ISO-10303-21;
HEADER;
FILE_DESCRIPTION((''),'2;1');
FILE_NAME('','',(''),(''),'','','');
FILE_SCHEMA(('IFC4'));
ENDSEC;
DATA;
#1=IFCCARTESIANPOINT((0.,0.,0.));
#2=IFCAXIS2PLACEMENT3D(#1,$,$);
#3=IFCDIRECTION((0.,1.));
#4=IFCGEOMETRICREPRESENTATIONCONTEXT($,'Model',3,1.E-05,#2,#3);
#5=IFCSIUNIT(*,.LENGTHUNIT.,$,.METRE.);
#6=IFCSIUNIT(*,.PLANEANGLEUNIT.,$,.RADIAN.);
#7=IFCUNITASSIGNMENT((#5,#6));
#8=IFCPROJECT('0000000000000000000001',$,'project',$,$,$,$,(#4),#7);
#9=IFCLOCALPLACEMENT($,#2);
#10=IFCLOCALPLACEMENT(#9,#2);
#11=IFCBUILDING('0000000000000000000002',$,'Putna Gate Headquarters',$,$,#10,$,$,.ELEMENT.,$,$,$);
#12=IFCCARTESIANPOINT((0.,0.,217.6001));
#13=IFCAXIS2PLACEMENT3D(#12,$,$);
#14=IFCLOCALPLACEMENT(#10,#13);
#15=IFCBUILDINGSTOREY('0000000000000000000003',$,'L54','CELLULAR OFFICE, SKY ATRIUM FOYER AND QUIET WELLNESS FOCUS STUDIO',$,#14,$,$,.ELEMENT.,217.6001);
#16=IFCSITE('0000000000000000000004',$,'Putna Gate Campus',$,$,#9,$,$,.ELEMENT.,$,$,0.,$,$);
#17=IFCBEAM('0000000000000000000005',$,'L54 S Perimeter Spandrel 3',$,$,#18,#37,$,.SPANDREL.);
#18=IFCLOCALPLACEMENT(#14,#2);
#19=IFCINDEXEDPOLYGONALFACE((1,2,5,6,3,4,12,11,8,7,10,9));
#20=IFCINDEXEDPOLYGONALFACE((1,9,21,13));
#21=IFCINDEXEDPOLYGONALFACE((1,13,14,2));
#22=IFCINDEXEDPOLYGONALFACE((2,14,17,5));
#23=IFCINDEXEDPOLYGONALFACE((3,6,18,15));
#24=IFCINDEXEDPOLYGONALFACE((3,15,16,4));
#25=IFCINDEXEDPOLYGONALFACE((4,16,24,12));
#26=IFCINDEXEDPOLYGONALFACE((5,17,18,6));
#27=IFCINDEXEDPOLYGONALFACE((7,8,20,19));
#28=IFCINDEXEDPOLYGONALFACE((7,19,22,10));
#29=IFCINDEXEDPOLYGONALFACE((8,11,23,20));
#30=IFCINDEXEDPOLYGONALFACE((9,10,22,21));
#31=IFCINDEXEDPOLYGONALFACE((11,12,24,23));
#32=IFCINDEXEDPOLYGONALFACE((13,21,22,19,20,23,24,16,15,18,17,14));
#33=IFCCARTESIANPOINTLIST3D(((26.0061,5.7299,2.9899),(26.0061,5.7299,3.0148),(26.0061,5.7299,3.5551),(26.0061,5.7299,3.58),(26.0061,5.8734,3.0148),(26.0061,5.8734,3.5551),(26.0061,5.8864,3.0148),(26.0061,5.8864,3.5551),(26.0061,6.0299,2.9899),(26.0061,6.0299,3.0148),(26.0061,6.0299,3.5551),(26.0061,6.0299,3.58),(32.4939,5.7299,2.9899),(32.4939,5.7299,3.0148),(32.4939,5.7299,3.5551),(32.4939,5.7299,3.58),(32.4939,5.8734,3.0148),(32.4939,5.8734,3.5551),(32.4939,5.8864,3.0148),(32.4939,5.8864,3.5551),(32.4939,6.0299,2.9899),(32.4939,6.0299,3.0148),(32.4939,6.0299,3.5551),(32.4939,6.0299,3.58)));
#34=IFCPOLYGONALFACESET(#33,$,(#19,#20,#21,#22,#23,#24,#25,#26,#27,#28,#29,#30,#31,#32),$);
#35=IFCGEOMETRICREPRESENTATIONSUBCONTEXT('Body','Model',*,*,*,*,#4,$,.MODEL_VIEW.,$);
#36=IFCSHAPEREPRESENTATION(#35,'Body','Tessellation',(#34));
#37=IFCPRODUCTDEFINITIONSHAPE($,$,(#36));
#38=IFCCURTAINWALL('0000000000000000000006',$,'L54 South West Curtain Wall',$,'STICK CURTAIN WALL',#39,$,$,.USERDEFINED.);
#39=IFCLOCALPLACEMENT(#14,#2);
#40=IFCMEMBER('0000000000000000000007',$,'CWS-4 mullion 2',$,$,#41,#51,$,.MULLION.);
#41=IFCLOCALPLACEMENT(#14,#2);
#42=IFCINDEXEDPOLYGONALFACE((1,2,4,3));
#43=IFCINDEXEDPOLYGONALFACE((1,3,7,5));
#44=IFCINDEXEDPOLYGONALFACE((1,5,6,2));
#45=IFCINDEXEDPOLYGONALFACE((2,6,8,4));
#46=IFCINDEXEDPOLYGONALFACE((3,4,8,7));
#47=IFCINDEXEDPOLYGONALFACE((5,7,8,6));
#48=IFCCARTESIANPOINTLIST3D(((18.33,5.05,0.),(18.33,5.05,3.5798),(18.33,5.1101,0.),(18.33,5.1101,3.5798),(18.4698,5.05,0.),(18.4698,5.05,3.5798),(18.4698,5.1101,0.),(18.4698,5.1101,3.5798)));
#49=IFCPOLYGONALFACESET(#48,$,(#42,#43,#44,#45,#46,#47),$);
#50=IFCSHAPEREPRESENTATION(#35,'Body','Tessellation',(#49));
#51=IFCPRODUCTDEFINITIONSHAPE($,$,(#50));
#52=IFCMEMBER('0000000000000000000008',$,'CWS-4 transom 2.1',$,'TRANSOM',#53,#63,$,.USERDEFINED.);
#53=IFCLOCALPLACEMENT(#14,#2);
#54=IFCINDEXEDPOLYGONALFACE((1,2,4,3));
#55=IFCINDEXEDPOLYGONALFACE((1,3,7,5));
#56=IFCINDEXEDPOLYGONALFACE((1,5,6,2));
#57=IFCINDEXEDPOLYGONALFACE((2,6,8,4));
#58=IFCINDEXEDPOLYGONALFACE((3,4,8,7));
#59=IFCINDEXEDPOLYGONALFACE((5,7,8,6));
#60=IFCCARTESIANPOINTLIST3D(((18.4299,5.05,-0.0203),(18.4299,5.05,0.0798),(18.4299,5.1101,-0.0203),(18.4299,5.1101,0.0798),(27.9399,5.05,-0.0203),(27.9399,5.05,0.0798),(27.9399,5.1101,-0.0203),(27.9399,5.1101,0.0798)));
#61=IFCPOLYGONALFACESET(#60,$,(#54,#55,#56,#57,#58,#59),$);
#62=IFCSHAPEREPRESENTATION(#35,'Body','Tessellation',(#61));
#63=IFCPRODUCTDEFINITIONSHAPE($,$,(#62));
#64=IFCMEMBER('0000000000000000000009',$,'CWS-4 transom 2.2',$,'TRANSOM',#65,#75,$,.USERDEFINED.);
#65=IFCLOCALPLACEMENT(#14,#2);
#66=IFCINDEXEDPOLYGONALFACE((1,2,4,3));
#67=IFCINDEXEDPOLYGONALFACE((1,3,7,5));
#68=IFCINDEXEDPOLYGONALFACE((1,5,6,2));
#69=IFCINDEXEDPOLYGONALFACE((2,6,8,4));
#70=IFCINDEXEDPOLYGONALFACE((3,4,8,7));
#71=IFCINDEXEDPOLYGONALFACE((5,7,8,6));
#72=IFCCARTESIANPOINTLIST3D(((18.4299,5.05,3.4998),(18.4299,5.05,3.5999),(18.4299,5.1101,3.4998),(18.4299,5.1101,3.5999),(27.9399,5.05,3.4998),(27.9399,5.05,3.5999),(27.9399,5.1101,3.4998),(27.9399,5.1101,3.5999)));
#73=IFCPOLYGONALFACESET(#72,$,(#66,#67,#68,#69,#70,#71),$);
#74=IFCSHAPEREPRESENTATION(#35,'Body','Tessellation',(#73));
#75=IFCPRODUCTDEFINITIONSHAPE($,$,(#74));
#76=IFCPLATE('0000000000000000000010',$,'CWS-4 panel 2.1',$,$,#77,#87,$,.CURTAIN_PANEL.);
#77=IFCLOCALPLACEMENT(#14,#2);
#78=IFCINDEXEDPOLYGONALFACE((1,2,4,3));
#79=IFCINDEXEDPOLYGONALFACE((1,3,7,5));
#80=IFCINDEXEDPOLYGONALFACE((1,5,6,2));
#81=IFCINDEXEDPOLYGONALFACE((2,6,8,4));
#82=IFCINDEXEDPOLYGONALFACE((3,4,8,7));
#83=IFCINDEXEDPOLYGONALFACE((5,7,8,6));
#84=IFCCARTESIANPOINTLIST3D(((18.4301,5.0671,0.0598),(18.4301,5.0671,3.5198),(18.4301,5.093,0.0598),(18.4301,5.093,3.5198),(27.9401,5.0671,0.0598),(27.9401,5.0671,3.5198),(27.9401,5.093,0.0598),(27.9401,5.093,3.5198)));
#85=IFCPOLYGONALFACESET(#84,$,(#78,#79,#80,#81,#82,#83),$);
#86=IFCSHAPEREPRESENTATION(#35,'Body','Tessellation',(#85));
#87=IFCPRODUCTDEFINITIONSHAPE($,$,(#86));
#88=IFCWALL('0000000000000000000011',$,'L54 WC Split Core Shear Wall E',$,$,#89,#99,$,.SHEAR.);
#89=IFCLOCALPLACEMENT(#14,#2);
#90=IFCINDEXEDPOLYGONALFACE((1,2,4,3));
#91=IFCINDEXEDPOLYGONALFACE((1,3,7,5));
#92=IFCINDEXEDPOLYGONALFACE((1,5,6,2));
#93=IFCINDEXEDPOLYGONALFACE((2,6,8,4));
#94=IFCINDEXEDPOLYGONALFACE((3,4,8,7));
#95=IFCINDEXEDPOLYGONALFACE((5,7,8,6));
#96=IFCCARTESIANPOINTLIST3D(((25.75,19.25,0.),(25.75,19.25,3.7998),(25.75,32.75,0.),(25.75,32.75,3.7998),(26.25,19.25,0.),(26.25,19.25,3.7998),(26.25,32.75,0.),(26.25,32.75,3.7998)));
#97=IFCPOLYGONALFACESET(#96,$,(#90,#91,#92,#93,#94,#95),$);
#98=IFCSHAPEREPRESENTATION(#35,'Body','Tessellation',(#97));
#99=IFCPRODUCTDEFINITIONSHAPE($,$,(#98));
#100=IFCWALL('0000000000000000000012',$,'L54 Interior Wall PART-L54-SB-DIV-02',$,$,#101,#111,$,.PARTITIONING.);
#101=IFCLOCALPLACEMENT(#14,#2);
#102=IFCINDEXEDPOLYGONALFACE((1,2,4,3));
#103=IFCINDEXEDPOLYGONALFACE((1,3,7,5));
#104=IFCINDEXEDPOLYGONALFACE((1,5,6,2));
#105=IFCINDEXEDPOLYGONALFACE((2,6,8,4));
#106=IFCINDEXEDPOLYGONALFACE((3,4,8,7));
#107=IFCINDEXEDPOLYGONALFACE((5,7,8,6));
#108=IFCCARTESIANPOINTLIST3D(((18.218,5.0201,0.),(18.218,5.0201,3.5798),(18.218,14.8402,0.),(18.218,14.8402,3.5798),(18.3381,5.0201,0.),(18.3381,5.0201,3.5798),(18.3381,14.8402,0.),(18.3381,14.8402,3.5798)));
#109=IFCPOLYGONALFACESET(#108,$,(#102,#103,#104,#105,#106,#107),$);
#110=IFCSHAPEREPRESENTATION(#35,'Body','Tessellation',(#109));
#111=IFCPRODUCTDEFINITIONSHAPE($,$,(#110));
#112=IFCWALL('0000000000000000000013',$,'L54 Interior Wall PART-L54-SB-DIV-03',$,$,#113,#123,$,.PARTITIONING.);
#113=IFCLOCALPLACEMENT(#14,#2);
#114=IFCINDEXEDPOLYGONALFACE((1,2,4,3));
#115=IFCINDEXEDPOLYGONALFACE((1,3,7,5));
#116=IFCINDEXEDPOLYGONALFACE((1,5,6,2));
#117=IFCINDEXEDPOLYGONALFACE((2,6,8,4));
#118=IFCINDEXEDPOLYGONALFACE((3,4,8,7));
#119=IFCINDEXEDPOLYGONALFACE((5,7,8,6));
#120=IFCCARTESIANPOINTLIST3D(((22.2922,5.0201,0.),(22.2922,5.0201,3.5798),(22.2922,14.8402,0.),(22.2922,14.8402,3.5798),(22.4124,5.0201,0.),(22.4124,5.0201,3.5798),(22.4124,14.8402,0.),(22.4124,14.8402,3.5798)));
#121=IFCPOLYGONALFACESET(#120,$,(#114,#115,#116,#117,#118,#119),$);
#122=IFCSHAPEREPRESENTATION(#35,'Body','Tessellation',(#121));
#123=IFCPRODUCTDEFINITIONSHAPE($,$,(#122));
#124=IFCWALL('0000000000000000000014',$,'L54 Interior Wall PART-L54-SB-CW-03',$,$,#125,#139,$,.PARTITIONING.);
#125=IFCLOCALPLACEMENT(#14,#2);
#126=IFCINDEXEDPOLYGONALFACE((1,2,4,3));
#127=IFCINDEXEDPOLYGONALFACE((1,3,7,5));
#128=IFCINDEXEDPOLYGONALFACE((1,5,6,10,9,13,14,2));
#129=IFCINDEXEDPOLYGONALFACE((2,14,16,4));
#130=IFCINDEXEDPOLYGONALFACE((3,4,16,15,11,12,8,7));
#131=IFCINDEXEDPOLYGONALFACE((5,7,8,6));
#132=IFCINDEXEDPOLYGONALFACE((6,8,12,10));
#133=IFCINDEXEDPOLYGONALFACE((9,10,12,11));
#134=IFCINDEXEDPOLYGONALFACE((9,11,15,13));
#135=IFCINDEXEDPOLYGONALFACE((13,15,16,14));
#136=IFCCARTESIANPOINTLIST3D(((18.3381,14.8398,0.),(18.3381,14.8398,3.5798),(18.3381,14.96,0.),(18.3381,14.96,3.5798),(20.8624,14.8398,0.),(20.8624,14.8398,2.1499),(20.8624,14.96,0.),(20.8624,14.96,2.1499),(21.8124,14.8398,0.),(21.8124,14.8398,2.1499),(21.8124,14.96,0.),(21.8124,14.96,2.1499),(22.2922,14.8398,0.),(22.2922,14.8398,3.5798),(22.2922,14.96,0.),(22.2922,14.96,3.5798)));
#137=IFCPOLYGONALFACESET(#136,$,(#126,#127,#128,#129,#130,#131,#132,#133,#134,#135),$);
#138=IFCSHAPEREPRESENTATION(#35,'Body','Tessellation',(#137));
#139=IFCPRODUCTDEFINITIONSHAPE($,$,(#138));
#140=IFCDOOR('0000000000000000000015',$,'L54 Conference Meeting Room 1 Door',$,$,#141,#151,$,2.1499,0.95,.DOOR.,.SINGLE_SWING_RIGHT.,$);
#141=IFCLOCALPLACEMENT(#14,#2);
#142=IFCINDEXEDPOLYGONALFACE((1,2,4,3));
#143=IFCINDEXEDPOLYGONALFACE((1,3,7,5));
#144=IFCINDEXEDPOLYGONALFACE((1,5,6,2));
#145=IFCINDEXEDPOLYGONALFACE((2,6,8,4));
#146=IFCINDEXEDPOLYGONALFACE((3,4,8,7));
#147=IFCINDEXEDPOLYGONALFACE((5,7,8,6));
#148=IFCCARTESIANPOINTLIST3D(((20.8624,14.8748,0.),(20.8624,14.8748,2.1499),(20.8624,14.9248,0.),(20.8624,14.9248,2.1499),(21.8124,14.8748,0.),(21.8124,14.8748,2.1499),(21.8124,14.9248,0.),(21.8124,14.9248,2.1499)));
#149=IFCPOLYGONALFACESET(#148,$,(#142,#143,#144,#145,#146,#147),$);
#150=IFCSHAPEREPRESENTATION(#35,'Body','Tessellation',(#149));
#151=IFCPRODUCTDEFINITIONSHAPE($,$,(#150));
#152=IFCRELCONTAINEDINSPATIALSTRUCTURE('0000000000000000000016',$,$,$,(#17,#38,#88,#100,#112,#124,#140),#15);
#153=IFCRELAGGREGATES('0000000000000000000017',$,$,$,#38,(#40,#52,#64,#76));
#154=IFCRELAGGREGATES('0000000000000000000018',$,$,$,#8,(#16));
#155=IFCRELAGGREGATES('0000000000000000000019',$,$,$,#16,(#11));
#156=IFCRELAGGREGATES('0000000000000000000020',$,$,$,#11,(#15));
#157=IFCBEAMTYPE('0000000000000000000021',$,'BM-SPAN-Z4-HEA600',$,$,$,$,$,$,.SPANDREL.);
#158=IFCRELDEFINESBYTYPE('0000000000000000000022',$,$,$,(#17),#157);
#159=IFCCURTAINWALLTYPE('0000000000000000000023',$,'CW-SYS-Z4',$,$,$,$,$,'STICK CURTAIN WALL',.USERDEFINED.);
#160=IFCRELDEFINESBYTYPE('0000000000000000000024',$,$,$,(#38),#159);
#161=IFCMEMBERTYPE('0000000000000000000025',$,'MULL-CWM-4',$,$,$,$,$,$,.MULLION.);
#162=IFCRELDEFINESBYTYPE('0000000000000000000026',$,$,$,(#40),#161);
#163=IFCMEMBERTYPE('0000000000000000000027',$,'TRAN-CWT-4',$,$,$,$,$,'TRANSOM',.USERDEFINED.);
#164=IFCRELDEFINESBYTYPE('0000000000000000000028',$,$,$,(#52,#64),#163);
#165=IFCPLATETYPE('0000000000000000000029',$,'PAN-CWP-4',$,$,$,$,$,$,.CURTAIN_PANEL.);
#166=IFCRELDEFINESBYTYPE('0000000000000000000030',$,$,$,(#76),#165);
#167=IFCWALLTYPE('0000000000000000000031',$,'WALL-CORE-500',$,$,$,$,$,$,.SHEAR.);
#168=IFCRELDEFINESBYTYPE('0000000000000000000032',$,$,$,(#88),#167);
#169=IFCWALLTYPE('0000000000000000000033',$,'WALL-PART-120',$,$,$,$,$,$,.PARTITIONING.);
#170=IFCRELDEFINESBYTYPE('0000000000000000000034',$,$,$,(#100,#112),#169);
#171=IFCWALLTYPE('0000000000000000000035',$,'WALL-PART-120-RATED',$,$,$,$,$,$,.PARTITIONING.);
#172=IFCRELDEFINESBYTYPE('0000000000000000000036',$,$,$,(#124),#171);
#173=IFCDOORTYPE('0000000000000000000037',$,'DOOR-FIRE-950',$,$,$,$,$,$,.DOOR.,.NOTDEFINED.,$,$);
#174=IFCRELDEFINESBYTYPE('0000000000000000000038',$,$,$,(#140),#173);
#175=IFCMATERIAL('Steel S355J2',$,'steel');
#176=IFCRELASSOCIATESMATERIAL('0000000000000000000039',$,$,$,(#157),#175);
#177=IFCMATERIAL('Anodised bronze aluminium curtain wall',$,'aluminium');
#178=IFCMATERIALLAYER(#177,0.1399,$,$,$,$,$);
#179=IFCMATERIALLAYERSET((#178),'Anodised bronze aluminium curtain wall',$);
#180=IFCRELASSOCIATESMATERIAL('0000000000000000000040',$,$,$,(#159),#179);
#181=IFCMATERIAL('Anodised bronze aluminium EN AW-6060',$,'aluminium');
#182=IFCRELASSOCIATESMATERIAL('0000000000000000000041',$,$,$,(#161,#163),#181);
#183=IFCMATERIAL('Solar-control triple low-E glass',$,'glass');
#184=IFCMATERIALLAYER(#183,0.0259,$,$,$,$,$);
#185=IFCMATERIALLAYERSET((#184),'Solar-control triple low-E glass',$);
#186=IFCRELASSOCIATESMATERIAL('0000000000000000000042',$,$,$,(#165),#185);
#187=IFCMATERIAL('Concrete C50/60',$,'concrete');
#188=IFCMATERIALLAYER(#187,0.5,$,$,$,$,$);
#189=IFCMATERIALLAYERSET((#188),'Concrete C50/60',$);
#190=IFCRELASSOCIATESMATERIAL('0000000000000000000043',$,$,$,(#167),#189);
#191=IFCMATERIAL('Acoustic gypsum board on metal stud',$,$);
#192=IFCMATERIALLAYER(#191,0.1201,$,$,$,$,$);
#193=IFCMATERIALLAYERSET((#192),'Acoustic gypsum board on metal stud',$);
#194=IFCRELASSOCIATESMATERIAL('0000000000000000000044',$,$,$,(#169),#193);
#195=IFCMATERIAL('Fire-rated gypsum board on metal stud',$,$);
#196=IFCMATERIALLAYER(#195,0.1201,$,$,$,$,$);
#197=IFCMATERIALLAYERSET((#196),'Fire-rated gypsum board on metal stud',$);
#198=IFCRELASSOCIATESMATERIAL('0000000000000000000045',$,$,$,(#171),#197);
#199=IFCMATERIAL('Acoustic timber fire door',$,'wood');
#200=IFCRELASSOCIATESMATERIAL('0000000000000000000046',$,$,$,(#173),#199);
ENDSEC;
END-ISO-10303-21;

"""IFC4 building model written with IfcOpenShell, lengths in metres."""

from ifc_helpers import new_model, si_unit, direction, frame, frame_2d, origin, origin_2d, place, context, subcontext, project, spatial, rectangle, i_section, extrude, material, layer, layer_set, material_profile, profile_set, type_object, element, fill, aggregate, save


model = new_model("IFC4")

# Units and contexts
model_context = context("Model", 3, precision=1e-05, world=origin(), true_north=direction((0.0, 1.0)))
body_context = subcontext(model_context, "Body", "Model", "MODEL_VIEW")
ifc_project = project(units=[si_unit("LENGTHUNIT", "METRE"), si_unit("PLANEANGLEUNIT", "RADIAN")], contexts=[model_context])

# Site, building, storey
site_placement = place(None, origin())
site = spatial("IfcSite", under=ifc_project, at=site_placement, Name="Putna Gate Campus", CompositionType="ELEMENT", RefElevation=0.0)
building_placement = place(site_placement, origin())
building = spatial("IfcBuilding", under=site, at=building_placement, Name="Putna Gate Headquarters", CompositionType="ELEMENT")
storey_placement = place(building_placement, frame((0.0, 0.0, 217.6001)))
storey = spatial("IfcBuildingStorey", under=building, at=storey_placement, Name="L54", Description="CELLULAR OFFICE, SKY ATRIUM FOYER AND QUIET WELLNESS FOCUS STUDIO", CompositionType="ELEMENT", Elevation=217.6001)

# Beam
ifc_material_1 = material(Name="Steel S355J2", Category="steel")
ifc_material_profile_1 = material_profile(ifc_material_1, i_section(OverallWidth=0.3, OverallDepth=0.5901, WebThickness=0.0129, FlangeThickness=0.0249, at=origin_2d()), Name="Steel S355J2")
ifc_profile_set_1 = profile_set([ifc_material_profile_1], Name="Steel S355J2")
beam_type_1 = type_object("IfcBeamType", Name="BM-SPAN-Z4-HEA600", PredefinedType="SPANDREL", material=ifc_profile_set_1)
for number, where, z_axis, x_axis, name in (
    (1, (26.0061, 5.8799, 3.2849), (1.0, 0.0, 0.0), (0.0, 1.0, 0.0), "L54 S Perimeter Spandrel 3"),
):
    element("IfcBeam", number, at=place(storey_placement, frame(where, z_axis=z_axis, x_axis=x_axis)), inside=storey, type_object=beam_type_1, Name=name, PredefinedType="SPANDREL", context=body_context, shape_type="SweptSolid", body=[
        extrude(i_section(OverallWidth=0.3, OverallDepth=0.5901, WebThickness=0.0129, FlangeThickness=0.0249, at=origin_2d()), origin(), (0.0, 0.0, 1.0), 6.4878),
    ])

# Curtain wall, members, plate
ifc_material_2 = material(Name="Anodised bronze aluminium curtain wall", Category="aluminium")
ifc_layer_1 = layer(ifc_material_2, 0.1399)
ifc_layer_set_1 = layer_set([ifc_layer_1], Name="Anodised bronze aluminium curtain wall")
curtain_wall_type = type_object("IfcCurtainWallType", Name="CW-SYS-Z4", ElementType="STICK CURTAIN WALL", PredefinedType="USERDEFINED", material=ifc_layer_set_1)
curtain_wall_placement = place(storey_placement, origin())
curtain_wall = element("IfcCurtainWall", 2, at=curtain_wall_placement, inside=storey, type_object=curtain_wall_type, Name="L54 South West Curtain Wall", ObjectType="STICK CURTAIN WALL", PredefinedType="USERDEFINED")
ifc_material_3 = material(Name="Anodised bronze aluminium EN AW-6060", Category="aluminium")
ifc_material_profile_2 = material_profile(ifc_material_3, rectangle(XDim=0.0601, YDim=0.1399, at=origin_2d()), Name="Anodised bronze aluminium EN AW-6060")
ifc_profile_set_2 = profile_set([ifc_material_profile_2], Name="Anodised bronze aluminium EN AW-6060")
member_type_1 = type_object("IfcMemberType", Name="MULL-CWM-4", PredefinedType="MULLION", material=ifc_profile_set_2)
member_1_placement = place(storey_placement, frame((18.3999, 5.0801, 0.0), z_axis=(0.0, 0.0, 1.0), x_axis=(0.0, 1.0, 0.0)))
member_1 = element("IfcMember", 3, at=member_1_placement, type_object=member_type_1, Name="CWS-4 mullion 2", PredefinedType="MULLION", context=body_context, shape_type="SweptSolid", body=[
    extrude(rectangle(XDim=0.0601, YDim=0.1399, at=origin_2d()), origin(), (0.0, 0.0, 1.0), 3.5798),
])
ifc_material_profile_3 = material_profile(ifc_material_3, rectangle(XDim=0.0601, YDim=0.1001, at=origin_2d()), Name="Anodised bronze aluminium EN AW-6060")
ifc_profile_set_3 = profile_set([ifc_material_profile_3], Name="Anodised bronze aluminium EN AW-6060")
member_type_2 = type_object("IfcMemberType", Name="TRAN-CWT-4", ElementType="TRANSOM", PredefinedType="USERDEFINED", material=ifc_profile_set_3)
member_2_placement = place(storey_placement, frame((18.4299, 5.0801, 0.0298), z_axis=(1.0, 0.0, 0.0), x_axis=(0.0, 1.0, 0.0)))
member_2 = element("IfcMember", 4, at=member_2_placement, type_object=member_type_2, Name="CWS-4 transom 2.1", ObjectType="TRANSOM", PredefinedType="USERDEFINED", context=body_context, shape_type="SweptSolid", body=[
    extrude(rectangle(XDim=0.0601, YDim=0.1001, at=origin_2d()), origin(), (0.0, 0.0, 1.0), 9.51),
])
member_3_placement = place(storey_placement, frame((18.4299, 5.0801, 3.5498), z_axis=(1.0, 0.0, 0.0), x_axis=(0.0, 1.0, 0.0)))
member_3 = element("IfcMember", 5, at=member_3_placement, type_object=member_type_2, Name="CWS-4 transom 2.2", ObjectType="TRANSOM", PredefinedType="USERDEFINED", context=body_context, shape_type="SweptSolid", body=[
    extrude(rectangle(XDim=0.0601, YDim=0.1001, at=origin_2d()), origin(), (0.0, 0.0, 1.0), 9.51),
])
ifc_material_4 = material(Name="Solar-control triple low-E glass", Category="glass")
ifc_layer_2 = layer(ifc_material_4, 0.0259)
ifc_layer_set_2 = layer_set([ifc_layer_2], Name="Solar-control triple low-E glass")
plate_type = type_object("IfcPlateType", Name="PAN-CWP-4", PredefinedType="CURTAIN_PANEL", material=ifc_layer_set_2)
plate_placement = place(storey_placement, frame((23.1851, 5.0801, 0.0598), z_axis=(0.0, 0.0, 1.0), x_axis=(1.0, 0.0, 0.0)))
plate = element("IfcPlate", 6, at=plate_placement, type_object=plate_type, Name="CWS-4 panel 2.1", PredefinedType="CURTAIN_PANEL", context=body_context, shape_type="SweptSolid", body=[
    extrude(rectangle(XDim=9.51, YDim=0.0259, at=origin_2d()), origin(), (0.0, 0.0, 1.0), 3.46),
])
aggregate(curtain_wall, [member_1, member_2, member_3, plate])

# Walls
ifc_material_5 = material(Name="Concrete C50/60", Category="concrete")
ifc_layer_3 = layer(ifc_material_5, 0.5)
ifc_layer_set_3 = layer_set([ifc_layer_3], Name="Concrete C50/60")
wall_type_1 = type_object("IfcWallType", Name="WALL-CORE-500", PredefinedType="SHEAR", material=ifc_layer_set_3)
wall_1_placement = place(storey_placement, frame((26.0, 19.25, 0.0), z_axis=(0.0, 0.0, 1.0), x_axis=(0.0, 1.0, 0.0)))
element("IfcWall", 7, at=wall_1_placement, inside=storey, type_object=wall_type_1, Name="L54 WC Split Core Shear Wall E", PredefinedType="SHEAR", context=body_context, shape_type="SweptSolid", body=[
    extrude(rectangle(XDim=13.5, YDim=0.5, at=frame_2d((6.75, 0.0))), origin(), (0.0, 0.0, 1.0), 3.7998),
])
ifc_material_6 = material(Name="Acoustic gypsum board on metal stud")
ifc_layer_4 = layer(ifc_material_6, 0.1201)
ifc_layer_set_4 = layer_set([ifc_layer_4], Name="Acoustic gypsum board on metal stud")
wall_type_2 = type_object("IfcWallType", Name="WALL-PART-120", PredefinedType="PARTITIONING", material=ifc_layer_set_4)
for number, where, z_axis, x_axis, name in (
    (8, (18.2781, 5.02, 0.0), (0.0, 0.0, 1.0), (0.0, 1.0, 0.0), "L54 Interior Wall PART-L54-SB-DIV-02"),
    (9, (22.3523, 5.02, 0.0), (0.0, 0.0, 1.0), (0.0, 1.0, 0.0), "L54 Interior Wall PART-L54-SB-DIV-03"),
):
    element("IfcWall", number, at=place(storey_placement, frame(where, z_axis=z_axis, x_axis=x_axis)), inside=storey, type_object=wall_type_2, Name=name, PredefinedType="PARTITIONING", context=body_context, shape_type="SweptSolid", body=[
        extrude(rectangle(XDim=9.8201, YDim=0.1201, at=frame_2d((4.9102, 0.0))), origin(), (0.0, 0.0, 1.0), 3.5798),
    ])

# Wall, opening, door
ifc_material_7 = material(Name="Fire-rated gypsum board on metal stud")
ifc_layer_5 = layer(ifc_material_7, 0.1201)
ifc_layer_set_5 = layer_set([ifc_layer_5], Name="Fire-rated gypsum board on metal stud")
wall_type_3 = type_object("IfcWallType", Name="WALL-PART-120-RATED", PredefinedType="PARTITIONING", material=ifc_layer_set_5)
wall_2_placement = place(storey_placement, frame((18.3381, 14.8999, 0.0), z_axis=(0.0, 0.0, 1.0), x_axis=(1.0, 0.0, 0.0)))
wall_2 = element("IfcWall", 10, at=wall_2_placement, inside=storey, type_object=wall_type_3, Name="L54 Interior Wall PART-L54-SB-CW-03", PredefinedType="PARTITIONING", context=body_context, shape_type="SweptSolid", body=[
    extrude(rectangle(XDim=3.9541, YDim=0.1201, at=frame_2d((1.9771, 0.0))), origin(), (0.0, 0.0, 1.0), 3.5798),
])
opening_1_placement = place(wall_2_placement, frame((2.5242, 0.0, 0.0)))
opening_1 = element("IfcOpeningElement", 11, at=opening_1_placement, cuts=wall_2, PredefinedType="OPENING", context=body_context, shape_type="SweptSolid", body=[
    extrude(rectangle(XDim=0.95, YDim=2.1499, at=frame_2d((0.4751, 1.075))), frame((0.0, 0.0701, 0.0), z_axis=(0.0, -1.0, 0.0), x_axis=(1.0, 0.0, 0.0)), (0.0, 0.0, 1.0), 0.1401),
])
ifc_material_8 = material(Name="Acoustic timber fire door", Category="wood")
door_type_1 = type_object("IfcDoorType", Name="DOOR-FIRE-950", OperationType="NOTDEFINED", PredefinedType="DOOR", material=ifc_material_8)
door_1_placement = place(opening_1_placement, origin())
door_1 = element("IfcDoor", 12, at=door_1_placement, inside=storey, type_object=door_type_1, Name="L54 Conference Meeting Room 1 Door", OperationType="SINGLE_SWING_RIGHT", OverallHeight=2.1499, OverallWidth=0.95, PredefinedType="DOOR", context=body_context, shape_type="SweptSolid", body=[
    extrude(rectangle(XDim=0.95, YDim=2.1499, at=frame_2d((0.4751, 1.075))), frame((0.0, 0.0249, 0.0), z_axis=(0.0, -1.0, 0.0), x_axis=(1.0, 0.0, 0.0)), (0.0, 0.0, 1.0), 0.05),
])
fill(opening_1, door_1)

save(model, "model.ifc")
